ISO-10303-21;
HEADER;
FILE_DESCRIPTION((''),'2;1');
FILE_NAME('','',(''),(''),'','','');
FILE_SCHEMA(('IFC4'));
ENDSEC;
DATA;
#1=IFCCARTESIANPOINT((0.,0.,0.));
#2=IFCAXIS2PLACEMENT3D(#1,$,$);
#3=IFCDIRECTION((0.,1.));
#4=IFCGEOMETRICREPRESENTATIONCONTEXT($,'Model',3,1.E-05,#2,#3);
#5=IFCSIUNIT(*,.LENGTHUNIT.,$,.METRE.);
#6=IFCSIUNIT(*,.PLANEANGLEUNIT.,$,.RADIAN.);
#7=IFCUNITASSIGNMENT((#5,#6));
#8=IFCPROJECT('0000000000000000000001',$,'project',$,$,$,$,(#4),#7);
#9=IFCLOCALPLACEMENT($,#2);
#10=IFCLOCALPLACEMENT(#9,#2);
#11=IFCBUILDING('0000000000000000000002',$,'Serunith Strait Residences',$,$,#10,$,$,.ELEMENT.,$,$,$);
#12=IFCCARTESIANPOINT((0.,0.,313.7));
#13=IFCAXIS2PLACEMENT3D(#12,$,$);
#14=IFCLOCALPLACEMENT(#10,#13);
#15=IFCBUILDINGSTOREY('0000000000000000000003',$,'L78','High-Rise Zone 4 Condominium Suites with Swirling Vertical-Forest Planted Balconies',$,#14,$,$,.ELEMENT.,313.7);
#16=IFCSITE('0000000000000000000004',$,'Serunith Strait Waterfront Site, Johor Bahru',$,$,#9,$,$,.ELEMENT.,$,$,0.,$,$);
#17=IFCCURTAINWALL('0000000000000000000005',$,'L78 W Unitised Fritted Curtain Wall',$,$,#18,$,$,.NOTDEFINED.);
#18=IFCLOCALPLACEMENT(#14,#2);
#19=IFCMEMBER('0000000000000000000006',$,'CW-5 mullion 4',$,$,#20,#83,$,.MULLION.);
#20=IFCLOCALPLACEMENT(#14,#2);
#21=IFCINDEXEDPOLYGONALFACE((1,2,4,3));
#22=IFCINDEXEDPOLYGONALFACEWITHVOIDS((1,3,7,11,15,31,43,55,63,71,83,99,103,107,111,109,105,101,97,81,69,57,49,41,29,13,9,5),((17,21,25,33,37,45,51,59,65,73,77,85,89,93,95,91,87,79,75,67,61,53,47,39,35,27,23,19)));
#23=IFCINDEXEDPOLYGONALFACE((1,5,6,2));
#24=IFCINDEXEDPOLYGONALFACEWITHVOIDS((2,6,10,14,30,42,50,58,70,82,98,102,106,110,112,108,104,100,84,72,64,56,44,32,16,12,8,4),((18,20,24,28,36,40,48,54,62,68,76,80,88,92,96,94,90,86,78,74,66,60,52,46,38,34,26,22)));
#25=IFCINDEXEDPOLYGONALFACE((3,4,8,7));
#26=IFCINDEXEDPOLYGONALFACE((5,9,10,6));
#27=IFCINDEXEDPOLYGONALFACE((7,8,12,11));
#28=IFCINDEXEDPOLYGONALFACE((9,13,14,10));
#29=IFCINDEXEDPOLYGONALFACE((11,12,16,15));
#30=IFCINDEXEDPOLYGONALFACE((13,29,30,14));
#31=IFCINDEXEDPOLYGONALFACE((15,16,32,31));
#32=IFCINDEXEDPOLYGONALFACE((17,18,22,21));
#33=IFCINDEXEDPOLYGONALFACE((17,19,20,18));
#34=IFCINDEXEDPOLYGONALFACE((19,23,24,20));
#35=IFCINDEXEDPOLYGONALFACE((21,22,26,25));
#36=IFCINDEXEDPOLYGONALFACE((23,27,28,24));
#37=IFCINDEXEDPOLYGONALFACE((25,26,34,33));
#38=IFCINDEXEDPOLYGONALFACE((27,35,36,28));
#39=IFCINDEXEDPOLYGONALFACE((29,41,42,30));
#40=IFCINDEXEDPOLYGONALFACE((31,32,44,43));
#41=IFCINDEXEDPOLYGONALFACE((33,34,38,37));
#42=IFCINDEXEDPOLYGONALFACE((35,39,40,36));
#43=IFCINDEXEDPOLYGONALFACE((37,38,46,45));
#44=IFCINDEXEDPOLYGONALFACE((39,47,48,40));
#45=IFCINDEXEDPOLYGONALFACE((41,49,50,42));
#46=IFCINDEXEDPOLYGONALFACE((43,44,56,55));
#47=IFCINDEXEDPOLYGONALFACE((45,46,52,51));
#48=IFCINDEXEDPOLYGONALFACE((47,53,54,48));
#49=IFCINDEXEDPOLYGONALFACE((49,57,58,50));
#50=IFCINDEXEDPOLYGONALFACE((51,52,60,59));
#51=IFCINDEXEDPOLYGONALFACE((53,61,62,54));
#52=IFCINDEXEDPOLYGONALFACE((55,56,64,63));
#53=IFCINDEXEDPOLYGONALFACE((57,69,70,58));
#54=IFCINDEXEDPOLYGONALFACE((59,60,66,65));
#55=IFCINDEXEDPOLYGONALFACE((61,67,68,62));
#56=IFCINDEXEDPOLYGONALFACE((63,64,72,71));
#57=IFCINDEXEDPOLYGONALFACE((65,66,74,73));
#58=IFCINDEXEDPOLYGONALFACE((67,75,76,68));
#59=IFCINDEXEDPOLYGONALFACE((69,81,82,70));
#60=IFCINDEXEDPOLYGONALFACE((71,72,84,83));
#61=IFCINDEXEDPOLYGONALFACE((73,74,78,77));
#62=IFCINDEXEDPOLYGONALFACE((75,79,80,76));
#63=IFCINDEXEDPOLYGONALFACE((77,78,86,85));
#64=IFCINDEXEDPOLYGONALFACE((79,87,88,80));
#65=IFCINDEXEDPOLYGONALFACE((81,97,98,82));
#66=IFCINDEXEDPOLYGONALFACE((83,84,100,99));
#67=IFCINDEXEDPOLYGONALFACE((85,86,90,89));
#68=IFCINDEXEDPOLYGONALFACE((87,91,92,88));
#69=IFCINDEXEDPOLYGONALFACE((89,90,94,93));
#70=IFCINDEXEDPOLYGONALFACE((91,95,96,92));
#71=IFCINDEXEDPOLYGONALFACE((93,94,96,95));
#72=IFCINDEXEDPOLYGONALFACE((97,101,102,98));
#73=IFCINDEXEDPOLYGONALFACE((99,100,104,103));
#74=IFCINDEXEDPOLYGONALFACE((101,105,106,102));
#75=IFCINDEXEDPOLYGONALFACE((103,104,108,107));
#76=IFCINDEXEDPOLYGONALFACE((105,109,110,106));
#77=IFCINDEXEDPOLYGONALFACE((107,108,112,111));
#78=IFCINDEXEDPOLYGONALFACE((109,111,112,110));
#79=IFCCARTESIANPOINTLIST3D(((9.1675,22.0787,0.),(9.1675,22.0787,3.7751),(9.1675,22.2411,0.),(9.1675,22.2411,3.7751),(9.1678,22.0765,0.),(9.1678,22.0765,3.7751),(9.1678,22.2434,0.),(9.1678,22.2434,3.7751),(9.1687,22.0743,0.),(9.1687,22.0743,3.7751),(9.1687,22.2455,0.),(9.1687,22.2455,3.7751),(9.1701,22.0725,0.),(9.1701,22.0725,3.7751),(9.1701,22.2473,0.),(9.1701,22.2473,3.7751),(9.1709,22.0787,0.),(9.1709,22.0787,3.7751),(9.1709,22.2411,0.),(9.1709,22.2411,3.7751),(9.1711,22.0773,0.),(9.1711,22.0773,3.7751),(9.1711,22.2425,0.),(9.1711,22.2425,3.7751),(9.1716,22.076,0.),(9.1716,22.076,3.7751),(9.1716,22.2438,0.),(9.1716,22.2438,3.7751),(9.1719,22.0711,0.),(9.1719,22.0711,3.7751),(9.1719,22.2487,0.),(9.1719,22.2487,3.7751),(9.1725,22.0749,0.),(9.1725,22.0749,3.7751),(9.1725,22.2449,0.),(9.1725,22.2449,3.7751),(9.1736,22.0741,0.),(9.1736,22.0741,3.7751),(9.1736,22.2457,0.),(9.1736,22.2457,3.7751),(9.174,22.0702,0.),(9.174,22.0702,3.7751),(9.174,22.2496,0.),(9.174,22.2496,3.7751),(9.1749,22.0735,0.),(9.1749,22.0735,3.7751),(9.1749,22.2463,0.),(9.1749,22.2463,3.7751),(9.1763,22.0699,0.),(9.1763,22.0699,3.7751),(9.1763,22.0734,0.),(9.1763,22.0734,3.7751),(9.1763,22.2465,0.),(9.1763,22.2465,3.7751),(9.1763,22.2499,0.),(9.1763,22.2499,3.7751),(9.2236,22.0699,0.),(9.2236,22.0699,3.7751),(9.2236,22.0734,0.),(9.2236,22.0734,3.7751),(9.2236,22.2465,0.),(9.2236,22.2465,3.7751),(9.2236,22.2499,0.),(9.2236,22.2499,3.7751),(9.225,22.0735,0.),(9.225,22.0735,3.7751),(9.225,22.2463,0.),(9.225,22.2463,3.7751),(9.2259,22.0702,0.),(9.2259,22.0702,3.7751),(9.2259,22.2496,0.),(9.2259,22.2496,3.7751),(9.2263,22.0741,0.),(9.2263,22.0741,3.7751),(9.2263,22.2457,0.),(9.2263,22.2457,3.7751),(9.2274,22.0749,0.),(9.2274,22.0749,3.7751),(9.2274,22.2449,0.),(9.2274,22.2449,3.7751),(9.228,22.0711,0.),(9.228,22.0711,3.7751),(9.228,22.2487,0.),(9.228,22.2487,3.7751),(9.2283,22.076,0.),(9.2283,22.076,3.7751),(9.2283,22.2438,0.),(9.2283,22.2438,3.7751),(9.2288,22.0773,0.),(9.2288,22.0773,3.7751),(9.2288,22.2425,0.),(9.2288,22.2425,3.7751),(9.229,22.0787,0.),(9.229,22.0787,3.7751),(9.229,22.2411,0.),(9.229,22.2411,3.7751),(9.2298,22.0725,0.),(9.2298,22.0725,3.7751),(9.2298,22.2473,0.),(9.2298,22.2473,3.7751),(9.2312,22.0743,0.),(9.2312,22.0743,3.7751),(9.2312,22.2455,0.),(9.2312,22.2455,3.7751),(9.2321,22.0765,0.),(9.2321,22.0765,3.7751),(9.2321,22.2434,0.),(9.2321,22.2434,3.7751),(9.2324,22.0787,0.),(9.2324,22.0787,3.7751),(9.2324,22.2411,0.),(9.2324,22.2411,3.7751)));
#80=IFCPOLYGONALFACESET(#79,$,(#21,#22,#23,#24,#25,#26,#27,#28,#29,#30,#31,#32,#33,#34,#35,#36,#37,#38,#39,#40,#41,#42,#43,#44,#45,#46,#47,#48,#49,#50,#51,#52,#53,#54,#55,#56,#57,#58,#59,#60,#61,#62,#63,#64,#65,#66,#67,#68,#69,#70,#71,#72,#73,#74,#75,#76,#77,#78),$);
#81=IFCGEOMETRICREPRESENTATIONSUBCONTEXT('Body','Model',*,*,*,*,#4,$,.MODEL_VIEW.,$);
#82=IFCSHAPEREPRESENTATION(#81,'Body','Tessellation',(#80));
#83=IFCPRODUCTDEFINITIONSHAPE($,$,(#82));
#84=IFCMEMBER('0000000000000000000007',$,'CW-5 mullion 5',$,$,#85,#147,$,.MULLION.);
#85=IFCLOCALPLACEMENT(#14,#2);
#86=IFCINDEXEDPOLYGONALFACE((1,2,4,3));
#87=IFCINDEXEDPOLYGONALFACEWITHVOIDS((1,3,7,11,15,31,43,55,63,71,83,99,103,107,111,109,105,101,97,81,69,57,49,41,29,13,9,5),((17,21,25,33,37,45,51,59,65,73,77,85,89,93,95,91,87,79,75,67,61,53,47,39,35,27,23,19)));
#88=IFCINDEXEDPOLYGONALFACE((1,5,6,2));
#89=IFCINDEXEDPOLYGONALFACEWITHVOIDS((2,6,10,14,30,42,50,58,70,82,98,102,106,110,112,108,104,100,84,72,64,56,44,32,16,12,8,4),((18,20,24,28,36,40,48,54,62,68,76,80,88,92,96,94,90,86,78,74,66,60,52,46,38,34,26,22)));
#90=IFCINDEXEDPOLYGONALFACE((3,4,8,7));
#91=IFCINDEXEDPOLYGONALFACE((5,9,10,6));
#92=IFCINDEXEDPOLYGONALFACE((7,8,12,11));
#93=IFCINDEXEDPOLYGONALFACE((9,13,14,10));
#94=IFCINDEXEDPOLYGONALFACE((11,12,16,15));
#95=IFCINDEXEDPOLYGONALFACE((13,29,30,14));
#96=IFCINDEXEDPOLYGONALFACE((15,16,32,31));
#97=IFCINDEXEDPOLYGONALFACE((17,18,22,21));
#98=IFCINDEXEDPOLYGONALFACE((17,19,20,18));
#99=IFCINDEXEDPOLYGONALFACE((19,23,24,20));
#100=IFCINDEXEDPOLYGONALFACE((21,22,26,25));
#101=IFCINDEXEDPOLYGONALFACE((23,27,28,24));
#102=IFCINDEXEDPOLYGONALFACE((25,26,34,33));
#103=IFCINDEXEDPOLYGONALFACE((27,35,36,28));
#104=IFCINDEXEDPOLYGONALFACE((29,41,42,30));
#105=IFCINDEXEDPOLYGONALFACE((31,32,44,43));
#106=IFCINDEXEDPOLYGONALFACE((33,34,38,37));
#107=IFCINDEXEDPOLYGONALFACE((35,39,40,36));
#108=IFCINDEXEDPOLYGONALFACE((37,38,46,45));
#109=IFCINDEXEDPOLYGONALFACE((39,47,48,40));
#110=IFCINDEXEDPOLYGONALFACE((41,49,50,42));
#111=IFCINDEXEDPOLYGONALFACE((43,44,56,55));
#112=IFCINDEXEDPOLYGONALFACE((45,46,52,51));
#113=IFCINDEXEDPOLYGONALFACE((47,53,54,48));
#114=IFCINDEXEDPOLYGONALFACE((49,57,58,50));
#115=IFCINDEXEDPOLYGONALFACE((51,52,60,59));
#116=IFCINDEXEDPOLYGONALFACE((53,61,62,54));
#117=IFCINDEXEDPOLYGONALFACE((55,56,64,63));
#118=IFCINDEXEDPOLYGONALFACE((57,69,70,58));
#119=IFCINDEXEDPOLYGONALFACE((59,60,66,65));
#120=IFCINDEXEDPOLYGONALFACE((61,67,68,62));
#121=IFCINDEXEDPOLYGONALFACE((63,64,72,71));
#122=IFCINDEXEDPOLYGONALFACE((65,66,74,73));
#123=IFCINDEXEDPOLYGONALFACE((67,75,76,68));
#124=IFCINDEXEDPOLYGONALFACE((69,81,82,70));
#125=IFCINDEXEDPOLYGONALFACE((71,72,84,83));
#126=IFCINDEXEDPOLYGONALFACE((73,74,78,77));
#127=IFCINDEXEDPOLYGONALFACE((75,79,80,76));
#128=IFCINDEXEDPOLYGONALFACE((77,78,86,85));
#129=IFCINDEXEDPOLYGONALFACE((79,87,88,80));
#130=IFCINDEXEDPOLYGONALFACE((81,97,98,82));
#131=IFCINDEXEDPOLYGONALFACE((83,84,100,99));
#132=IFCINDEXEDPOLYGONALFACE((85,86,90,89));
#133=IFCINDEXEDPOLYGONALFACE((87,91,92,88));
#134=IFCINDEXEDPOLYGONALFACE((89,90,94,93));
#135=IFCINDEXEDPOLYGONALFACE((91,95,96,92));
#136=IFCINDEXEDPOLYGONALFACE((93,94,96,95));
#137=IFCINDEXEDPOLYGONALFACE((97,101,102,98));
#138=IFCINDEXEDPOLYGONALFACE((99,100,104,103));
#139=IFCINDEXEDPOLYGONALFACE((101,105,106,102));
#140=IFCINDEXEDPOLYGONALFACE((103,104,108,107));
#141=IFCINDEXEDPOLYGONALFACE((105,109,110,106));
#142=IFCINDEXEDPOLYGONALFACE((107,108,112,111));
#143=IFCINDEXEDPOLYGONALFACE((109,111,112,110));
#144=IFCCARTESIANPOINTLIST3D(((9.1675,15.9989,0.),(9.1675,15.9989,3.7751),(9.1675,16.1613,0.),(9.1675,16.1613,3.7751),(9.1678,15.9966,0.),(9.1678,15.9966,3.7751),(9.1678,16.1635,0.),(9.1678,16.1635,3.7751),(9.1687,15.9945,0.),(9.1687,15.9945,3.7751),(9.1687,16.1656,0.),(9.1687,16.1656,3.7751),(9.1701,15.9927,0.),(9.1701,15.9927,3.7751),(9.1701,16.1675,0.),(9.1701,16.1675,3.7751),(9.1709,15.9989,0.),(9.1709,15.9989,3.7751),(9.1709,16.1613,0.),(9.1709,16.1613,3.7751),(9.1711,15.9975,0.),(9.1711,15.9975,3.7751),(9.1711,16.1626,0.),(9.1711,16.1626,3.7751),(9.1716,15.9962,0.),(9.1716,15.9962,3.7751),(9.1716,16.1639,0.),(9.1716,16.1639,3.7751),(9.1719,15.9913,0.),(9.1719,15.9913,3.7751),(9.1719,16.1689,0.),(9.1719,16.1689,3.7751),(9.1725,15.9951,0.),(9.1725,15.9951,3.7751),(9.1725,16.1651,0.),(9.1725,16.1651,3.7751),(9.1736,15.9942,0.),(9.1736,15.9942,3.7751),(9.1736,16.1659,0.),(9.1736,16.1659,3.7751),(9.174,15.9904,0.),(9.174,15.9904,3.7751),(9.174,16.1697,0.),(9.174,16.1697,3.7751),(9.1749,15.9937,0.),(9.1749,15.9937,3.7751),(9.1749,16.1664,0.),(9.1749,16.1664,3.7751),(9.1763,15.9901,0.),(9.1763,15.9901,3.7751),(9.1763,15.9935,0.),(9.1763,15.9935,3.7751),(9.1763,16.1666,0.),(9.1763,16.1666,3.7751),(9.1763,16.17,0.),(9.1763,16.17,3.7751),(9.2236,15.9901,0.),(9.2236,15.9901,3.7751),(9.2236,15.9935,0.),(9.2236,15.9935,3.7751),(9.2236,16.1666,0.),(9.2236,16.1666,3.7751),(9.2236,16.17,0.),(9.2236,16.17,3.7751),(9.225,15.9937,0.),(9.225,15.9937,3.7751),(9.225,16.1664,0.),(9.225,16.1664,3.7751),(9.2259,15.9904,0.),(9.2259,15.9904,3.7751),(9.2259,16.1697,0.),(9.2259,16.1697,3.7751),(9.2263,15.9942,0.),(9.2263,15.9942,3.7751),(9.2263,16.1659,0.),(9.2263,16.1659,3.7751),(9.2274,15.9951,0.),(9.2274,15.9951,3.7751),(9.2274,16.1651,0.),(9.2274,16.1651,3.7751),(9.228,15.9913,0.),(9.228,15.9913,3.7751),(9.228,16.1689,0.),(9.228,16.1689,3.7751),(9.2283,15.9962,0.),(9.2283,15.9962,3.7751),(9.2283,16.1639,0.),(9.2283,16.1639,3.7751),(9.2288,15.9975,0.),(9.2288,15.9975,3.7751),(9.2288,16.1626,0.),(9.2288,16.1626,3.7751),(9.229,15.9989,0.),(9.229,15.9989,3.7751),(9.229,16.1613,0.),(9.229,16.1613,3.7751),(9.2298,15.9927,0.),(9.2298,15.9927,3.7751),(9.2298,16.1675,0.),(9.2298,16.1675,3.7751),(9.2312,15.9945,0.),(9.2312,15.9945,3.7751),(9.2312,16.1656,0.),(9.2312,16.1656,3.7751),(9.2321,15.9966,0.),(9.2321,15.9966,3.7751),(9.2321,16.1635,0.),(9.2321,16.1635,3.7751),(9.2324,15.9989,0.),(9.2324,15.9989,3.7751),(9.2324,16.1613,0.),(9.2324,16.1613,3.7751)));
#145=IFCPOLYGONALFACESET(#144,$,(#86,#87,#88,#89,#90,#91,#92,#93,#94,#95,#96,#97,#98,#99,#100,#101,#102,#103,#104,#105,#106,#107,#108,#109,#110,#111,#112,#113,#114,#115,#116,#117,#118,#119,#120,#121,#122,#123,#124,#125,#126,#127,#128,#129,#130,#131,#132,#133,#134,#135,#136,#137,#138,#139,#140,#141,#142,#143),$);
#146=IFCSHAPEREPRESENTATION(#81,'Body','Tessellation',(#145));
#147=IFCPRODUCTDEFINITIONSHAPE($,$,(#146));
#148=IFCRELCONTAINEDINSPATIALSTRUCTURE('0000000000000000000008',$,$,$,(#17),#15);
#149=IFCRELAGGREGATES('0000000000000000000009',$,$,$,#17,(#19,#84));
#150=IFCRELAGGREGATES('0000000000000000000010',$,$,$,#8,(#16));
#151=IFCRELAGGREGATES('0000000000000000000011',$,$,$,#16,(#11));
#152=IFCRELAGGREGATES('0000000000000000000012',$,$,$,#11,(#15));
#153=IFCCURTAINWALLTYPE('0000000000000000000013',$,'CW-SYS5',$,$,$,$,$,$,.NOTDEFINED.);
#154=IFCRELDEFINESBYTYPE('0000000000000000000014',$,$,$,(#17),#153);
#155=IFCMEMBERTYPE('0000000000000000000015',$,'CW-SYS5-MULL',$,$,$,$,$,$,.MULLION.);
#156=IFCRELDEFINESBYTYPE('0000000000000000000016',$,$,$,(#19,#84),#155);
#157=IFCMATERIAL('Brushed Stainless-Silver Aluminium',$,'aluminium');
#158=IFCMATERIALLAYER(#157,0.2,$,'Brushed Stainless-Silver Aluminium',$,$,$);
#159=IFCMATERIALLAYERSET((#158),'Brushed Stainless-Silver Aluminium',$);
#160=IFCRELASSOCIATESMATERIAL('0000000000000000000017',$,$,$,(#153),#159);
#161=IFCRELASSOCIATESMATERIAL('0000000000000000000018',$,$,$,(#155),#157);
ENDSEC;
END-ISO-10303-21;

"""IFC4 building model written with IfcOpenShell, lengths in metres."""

from ifc_helpers import new_model, si_unit, direction, frame, origin, origin_2d, place, context, subcontext, project, spatial, hollow_rectangle, extrude, source, transform, mapped, material, layer, layer_set, material_profile, profile_set, type_object, element, aggregate, save


model = new_model("IFC4")

# Units and contexts
model_context = context("Model", 3, precision=1e-05, world=origin(), true_north=direction((0.0, 1.0)))
body_context = subcontext(model_context, "Body", "Model", "MODEL_VIEW")
ifc_project = project(units=[si_unit("LENGTHUNIT", "METRE"), si_unit("PLANEANGLEUNIT", "RADIAN")], contexts=[model_context])

# Site, building, storey
site_placement = place(None, origin())
site = spatial("IfcSite", under=ifc_project, at=site_placement, Name="Serunith Strait Waterfront Site, Johor Bahru", CompositionType="ELEMENT", RefElevation=0.0)
building_placement = place(site_placement, origin())
building = spatial("IfcBuilding", under=site, at=building_placement, Name="Serunith Strait Residences", CompositionType="ELEMENT")
storey_placement = place(building_placement, frame((0.0, 0.0, 313.7)))
storey = spatial("IfcBuildingStorey", under=building, at=storey_placement, Name="L78", Description="High-Rise Zone 4 Condominium Suites with Swirling Vertical-Forest Planted Balconies", CompositionType="ELEMENT", Elevation=313.7)

# Curtain wall, members
ifc_material_1 = material(Name="Brushed Stainless-Silver Aluminium", Category="aluminium")
ifc_layer_1 = layer(ifc_material_1, 0.2, Name="Brushed Stainless-Silver Aluminium")
ifc_layer_set_1 = layer_set([ifc_layer_1], Name="Brushed Stainless-Silver Aluminium")
curtain_wall_type = type_object("IfcCurtainWallType", Name="CW-SYS5", PredefinedType="NOTDEFINED", material=ifc_layer_set_1)
curtain_wall_placement = place(storey_placement, origin())
curtain_wall = element("IfcCurtainWall", 1, at=curtain_wall_placement, inside=storey, type_object=curtain_wall_type, Name="L78 W Unitised Fritted Curtain Wall", PredefinedType="NOTDEFINED")
ifc_material_profile_1 = material_profile(ifc_material_1, hollow_rectangle(XDim=0.0649, YDim=0.1799, WallThickness=0.0034, InnerFilletRadius=0.0054, OuterFilletRadius=0.0088, at=origin_2d()), Name="ALU 180x65x3.5")
ifc_profile_set_1 = profile_set([ifc_material_profile_1], Name="Brushed Stainless-Silver Aluminium")
member_type_1 = type_object("IfcMemberType", Name="CW-SYS5-MULL", PredefinedType="MULLION", material=ifc_profile_set_1)
shared_shape_1 = source(origin(), body_context, "Body", "SweptSolid", [
    extrude(hollow_rectangle(XDim=0.0649, YDim=0.1799, WallThickness=0.0034, InnerFilletRadius=0.0054, OuterFilletRadius=0.0088, at=origin_2d()), origin(), (0.0, 0.0, 1.0), 3.7751),
])
member_1_placement = place(storey_placement, frame((9.2, 22.1599, 0.0), z_axis=(0.0, 0.0, 1.0), x_axis=(1.0, 0.0, 0.0)))
member_1 = element("IfcMember", 2, at=member_1_placement, type_object=member_type_1, Name="CW-5 mullion 4", PredefinedType="MULLION", context=body_context, shape_type="MappedRepresentation", body=[
    mapped(shared_shape_1, transform((0.0, 0.0, 0.0), scale=1.0)),
])
member_2_placement = place(storey_placement, frame((9.2, 16.0801, 0.0), z_axis=(0.0, 0.0, 1.0), x_axis=(1.0, 0.0, 0.0)))
member_2 = element("IfcMember", 3, at=member_2_placement, type_object=member_type_1, Name="CW-5 mullion 5", PredefinedType="MULLION", context=body_context, shape_type="MappedRepresentation", body=[
    mapped(shared_shape_1, transform((0.0, 0.0, 0.0), scale=1.0)),
])
aggregate(curtain_wall, [member_1, member_2])

save(model, "model.ifc")
